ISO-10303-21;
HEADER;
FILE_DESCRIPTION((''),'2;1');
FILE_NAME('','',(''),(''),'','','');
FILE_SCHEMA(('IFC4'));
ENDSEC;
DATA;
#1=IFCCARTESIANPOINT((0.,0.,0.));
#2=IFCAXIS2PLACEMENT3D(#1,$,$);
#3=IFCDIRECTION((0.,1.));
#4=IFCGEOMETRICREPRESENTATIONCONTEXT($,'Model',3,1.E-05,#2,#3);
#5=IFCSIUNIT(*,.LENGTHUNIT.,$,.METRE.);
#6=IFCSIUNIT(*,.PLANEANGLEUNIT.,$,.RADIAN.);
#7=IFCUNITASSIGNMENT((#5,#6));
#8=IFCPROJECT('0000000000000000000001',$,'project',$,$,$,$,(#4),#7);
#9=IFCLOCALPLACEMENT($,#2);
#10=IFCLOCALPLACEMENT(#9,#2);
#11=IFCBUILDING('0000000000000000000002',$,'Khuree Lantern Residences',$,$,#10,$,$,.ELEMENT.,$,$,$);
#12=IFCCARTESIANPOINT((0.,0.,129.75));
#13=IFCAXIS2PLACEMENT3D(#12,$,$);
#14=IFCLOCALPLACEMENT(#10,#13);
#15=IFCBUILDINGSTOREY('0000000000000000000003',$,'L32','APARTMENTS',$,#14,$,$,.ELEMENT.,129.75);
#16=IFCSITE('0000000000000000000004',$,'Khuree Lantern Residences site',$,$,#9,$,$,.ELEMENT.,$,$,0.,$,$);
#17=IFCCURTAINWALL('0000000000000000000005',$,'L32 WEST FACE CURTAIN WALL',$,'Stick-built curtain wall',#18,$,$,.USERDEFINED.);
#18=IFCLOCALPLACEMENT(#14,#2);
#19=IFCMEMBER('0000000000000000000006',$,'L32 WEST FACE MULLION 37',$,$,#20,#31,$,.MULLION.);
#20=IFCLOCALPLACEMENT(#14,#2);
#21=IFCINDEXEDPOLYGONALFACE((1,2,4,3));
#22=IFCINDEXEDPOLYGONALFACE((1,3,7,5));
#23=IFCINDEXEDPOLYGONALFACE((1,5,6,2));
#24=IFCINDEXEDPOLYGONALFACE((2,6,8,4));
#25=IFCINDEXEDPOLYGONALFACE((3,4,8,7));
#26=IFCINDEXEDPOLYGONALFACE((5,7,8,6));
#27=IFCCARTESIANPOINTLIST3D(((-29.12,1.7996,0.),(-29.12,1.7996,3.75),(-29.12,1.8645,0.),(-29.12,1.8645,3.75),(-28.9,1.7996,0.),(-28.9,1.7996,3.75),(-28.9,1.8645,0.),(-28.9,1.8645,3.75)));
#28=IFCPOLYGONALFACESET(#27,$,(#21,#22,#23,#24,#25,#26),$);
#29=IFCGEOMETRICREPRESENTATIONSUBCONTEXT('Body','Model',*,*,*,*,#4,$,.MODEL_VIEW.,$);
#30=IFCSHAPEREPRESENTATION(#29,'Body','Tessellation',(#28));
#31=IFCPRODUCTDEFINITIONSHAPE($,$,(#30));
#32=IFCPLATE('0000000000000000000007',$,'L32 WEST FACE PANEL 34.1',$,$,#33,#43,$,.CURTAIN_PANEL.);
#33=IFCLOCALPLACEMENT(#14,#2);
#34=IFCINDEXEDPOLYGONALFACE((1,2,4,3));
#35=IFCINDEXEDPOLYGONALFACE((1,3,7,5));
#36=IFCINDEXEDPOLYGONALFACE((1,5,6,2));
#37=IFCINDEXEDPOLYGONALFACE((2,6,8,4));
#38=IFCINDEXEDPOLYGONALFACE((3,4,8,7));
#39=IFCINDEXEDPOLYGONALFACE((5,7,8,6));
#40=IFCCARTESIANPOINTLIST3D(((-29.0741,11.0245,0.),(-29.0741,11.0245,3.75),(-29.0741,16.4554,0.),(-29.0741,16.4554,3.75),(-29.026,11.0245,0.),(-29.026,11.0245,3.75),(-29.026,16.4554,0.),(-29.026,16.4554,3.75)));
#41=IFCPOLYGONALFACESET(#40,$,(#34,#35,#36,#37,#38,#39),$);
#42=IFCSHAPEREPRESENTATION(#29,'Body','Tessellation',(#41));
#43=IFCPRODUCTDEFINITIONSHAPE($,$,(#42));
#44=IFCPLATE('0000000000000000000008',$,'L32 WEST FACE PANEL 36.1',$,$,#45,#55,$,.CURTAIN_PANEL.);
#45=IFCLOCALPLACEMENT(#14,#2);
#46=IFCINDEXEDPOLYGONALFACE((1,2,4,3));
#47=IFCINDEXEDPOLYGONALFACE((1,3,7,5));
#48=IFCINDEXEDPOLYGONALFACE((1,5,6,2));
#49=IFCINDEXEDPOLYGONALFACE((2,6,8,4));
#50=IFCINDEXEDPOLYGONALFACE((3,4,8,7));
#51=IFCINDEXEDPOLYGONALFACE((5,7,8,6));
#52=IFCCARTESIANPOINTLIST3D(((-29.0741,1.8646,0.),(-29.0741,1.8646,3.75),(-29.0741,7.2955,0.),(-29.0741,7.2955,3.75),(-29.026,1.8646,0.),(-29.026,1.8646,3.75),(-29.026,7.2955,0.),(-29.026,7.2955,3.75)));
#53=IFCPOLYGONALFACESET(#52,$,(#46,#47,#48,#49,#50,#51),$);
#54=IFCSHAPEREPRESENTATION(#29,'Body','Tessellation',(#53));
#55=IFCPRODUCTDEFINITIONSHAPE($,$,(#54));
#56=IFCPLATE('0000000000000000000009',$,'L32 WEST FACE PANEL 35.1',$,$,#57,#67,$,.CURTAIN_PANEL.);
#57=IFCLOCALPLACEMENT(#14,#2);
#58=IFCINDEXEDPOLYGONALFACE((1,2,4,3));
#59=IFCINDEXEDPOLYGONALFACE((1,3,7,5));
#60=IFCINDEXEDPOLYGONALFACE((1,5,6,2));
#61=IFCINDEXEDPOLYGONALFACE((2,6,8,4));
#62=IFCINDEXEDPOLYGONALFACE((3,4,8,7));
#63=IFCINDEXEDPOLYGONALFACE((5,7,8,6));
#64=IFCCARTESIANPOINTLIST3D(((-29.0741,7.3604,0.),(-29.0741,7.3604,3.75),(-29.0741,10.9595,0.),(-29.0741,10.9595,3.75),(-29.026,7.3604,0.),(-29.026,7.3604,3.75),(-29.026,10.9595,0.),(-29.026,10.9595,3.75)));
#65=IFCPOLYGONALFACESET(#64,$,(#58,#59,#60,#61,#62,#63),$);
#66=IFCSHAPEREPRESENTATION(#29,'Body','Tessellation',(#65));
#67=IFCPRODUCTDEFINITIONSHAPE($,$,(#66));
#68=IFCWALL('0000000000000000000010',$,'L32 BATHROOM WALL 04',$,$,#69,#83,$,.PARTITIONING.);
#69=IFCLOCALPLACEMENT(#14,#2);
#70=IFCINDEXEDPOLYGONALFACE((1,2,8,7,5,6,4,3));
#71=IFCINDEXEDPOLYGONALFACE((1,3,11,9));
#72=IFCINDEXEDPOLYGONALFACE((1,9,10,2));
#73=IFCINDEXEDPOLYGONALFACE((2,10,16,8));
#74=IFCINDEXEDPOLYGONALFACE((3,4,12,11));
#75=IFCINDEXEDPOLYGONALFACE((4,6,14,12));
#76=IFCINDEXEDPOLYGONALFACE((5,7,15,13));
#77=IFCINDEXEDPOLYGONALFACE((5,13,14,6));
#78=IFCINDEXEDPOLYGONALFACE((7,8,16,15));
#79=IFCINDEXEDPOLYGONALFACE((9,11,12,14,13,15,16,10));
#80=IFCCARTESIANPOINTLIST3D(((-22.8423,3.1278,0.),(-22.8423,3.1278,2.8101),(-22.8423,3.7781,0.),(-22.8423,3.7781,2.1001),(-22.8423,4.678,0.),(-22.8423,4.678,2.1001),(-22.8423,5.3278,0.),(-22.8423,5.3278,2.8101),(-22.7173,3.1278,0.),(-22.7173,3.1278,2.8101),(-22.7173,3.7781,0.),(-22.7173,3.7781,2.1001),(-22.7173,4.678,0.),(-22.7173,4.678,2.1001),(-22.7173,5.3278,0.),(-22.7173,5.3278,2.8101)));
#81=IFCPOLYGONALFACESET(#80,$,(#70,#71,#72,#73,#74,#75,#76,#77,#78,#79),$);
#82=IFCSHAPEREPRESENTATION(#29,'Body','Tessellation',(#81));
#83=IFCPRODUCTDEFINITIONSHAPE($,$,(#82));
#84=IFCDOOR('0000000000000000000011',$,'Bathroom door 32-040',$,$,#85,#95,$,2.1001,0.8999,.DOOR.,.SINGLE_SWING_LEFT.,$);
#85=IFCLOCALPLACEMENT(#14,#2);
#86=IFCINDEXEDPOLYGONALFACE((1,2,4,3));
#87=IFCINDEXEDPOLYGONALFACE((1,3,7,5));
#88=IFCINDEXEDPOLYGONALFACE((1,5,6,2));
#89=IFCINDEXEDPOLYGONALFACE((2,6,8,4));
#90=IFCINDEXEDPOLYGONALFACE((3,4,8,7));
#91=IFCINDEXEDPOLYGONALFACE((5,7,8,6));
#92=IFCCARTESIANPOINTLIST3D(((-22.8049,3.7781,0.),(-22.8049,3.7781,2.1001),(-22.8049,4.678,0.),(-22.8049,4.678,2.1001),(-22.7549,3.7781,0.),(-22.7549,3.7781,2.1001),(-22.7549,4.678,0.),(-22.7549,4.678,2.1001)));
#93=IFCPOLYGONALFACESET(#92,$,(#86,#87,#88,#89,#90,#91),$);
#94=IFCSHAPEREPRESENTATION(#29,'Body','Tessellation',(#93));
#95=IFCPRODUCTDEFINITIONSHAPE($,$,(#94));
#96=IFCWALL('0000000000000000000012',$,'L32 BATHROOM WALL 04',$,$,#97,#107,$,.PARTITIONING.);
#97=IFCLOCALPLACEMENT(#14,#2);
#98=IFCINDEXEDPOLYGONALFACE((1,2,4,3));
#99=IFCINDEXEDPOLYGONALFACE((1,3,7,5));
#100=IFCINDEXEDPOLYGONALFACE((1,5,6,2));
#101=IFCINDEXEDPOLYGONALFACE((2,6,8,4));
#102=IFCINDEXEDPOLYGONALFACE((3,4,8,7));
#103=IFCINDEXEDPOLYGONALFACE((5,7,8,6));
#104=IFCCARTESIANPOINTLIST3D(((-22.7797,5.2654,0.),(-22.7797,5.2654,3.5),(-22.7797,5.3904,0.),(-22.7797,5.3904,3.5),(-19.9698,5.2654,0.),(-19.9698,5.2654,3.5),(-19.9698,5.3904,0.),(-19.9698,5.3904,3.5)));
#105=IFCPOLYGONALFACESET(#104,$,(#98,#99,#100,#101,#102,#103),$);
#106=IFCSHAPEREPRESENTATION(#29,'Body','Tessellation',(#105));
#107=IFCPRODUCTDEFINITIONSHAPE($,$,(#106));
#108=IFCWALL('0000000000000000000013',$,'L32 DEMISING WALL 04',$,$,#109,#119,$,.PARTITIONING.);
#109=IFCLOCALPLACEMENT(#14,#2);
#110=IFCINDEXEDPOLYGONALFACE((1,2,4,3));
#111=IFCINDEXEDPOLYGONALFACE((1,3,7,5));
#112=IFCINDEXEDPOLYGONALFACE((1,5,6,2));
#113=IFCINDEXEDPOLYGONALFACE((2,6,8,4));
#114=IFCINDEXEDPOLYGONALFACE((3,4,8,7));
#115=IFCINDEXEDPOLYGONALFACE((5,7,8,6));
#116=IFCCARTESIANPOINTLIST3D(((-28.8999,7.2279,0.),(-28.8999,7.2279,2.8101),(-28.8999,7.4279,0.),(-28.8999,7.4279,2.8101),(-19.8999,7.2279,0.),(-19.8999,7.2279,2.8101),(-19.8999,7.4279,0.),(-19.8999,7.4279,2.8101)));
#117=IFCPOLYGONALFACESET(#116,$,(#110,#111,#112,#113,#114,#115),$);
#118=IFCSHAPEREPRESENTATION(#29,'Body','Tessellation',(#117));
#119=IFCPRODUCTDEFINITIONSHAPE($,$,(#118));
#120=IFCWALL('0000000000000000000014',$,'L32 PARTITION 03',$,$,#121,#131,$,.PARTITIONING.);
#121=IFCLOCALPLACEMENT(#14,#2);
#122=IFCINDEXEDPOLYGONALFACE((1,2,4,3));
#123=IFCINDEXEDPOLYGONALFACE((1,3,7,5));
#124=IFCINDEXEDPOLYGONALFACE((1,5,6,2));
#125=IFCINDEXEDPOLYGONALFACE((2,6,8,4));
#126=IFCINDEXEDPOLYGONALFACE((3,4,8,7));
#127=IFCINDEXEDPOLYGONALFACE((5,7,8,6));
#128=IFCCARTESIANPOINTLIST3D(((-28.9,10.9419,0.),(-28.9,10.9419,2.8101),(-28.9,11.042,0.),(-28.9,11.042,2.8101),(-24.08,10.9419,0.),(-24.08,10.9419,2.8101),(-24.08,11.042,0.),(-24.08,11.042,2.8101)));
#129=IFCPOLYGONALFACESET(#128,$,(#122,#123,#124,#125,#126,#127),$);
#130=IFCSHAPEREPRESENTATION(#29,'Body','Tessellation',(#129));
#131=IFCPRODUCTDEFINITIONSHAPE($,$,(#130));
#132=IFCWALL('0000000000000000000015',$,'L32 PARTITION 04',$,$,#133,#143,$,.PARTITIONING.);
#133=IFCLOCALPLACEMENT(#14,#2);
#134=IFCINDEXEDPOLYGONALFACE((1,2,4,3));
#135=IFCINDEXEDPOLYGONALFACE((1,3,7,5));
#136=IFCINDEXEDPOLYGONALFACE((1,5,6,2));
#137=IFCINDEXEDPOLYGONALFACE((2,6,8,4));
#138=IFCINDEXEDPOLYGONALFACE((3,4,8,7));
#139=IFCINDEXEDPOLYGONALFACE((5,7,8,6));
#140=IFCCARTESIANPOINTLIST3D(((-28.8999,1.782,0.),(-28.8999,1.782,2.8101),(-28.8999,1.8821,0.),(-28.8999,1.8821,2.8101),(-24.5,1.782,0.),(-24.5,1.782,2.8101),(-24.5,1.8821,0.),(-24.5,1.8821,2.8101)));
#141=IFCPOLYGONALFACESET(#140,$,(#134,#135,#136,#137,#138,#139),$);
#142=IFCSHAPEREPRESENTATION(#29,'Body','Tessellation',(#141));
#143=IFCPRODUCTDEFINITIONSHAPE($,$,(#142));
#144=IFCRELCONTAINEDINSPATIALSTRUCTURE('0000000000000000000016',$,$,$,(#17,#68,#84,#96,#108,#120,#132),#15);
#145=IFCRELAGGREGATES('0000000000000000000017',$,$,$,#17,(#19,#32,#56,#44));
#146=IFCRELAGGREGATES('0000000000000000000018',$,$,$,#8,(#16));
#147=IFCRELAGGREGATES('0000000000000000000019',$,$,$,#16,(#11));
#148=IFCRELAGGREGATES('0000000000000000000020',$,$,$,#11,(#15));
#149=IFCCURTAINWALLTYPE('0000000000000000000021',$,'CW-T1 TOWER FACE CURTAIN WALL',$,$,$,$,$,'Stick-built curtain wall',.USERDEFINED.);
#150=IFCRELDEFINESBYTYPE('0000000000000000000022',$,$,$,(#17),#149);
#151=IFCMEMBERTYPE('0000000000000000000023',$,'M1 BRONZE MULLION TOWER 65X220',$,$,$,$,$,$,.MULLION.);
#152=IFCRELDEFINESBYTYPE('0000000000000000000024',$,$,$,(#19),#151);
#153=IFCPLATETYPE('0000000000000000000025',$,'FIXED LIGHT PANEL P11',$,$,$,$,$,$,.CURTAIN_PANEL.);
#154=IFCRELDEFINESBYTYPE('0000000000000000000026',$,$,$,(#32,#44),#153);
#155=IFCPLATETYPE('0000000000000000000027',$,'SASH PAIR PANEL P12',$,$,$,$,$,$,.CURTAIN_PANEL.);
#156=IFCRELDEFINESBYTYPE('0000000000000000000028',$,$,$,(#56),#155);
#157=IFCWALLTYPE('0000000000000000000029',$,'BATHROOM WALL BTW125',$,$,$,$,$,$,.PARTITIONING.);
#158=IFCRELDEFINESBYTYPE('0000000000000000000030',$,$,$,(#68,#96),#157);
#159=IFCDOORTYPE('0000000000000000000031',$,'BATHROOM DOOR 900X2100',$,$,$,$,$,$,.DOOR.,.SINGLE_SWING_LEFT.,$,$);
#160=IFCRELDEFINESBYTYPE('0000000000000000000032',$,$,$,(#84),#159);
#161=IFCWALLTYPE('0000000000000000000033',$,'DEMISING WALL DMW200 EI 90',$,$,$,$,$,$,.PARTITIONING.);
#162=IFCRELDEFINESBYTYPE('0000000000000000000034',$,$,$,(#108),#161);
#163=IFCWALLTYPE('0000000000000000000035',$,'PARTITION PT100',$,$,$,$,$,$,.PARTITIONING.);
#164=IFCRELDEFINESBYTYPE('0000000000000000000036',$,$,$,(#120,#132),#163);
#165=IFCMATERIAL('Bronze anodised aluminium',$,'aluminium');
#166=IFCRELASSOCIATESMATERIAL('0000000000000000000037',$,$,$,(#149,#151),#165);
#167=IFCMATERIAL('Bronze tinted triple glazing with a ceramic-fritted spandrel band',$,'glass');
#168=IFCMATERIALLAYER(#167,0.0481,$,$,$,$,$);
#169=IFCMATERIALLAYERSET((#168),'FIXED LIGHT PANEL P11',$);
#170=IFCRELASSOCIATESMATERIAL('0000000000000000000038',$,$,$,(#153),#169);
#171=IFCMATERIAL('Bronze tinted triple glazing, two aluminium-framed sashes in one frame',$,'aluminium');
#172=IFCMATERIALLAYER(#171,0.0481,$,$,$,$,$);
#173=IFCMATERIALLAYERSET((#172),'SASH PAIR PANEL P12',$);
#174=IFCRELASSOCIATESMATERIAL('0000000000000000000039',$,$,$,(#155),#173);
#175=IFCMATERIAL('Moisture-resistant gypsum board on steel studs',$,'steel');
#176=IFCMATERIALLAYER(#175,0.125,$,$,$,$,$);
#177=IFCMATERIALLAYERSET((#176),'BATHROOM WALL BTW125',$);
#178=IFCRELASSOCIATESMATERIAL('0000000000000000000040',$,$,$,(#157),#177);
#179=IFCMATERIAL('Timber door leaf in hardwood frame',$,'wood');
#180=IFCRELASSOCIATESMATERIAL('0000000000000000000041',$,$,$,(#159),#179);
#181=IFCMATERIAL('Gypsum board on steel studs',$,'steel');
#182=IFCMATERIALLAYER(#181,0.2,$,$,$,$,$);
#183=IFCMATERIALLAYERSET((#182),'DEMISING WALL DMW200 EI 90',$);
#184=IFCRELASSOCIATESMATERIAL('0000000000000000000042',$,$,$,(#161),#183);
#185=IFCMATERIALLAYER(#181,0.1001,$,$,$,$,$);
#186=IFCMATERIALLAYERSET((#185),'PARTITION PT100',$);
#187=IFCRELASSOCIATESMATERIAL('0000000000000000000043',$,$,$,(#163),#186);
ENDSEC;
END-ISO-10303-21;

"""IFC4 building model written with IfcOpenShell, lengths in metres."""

from ifc_helpers import new_model, si_unit, direction, frame, frame_2d, origin, origin_2d, place, context, subcontext, project, spatial, rectangle, extrude, material, layer, layer_set, material_profile, profile_set, type_object, element, fill, aggregate, save


model = new_model("IFC4")

# Units and contexts
model_context = context("Model", 3, precision=1e-05, world=origin(), true_north=direction((0.0, 1.0)))
body_context = subcontext(model_context, "Body", "Model", "MODEL_VIEW")
ifc_project = project(units=[si_unit("LENGTHUNIT", "METRE"), si_unit("PLANEANGLEUNIT", "RADIAN")], contexts=[model_context])

# Site, building, storey
site_placement = place(None, origin())
site = spatial("IfcSite", under=ifc_project, at=site_placement, Name="Khuree Lantern Residences site", CompositionType="ELEMENT", RefElevation=0.0)
building_placement = place(site_placement, origin())
building = spatial("IfcBuilding", under=site, at=building_placement, Name="Khuree Lantern Residences", CompositionType="ELEMENT")
storey_placement = place(building_placement, frame((0.0, 0.0, 129.75)))
storey = spatial("IfcBuildingStorey", under=building, at=storey_placement, Name="L32", Description="APARTMENTS", CompositionType="ELEMENT", Elevation=129.75)

# Curtain wall
ifc_material_1 = material(Name="Bronze anodised aluminium", Category="aluminium")
curtain_wall_type = type_object("IfcCurtainWallType", Name="CW-T1 TOWER FACE CURTAIN WALL", ElementType="Stick-built curtain wall", PredefinedType="USERDEFINED", material=ifc_material_1)
curtain_wall_placement = place(storey_placement, origin())
curtain_wall = element("IfcCurtainWall", 1, at=curtain_wall_placement, inside=storey, type_object=curtain_wall_type, Name="L32 WEST FACE CURTAIN WALL", ObjectType="Stick-built curtain wall", PredefinedType="USERDEFINED")

# Member
ifc_material_profile_1 = material_profile(ifc_material_1, rectangle(XDim=0.0649, YDim=0.22, at=origin_2d()), Name="M1 65X220")
ifc_profile_set_1 = profile_set([ifc_material_profile_1], Name="Bronze anodised aluminium")
member_type_1 = type_object("IfcMemberType", Name="M1 BRONZE MULLION TOWER 65X220", PredefinedType="MULLION", material=ifc_profile_set_1)
member_1_placement = place(storey_placement, frame((-29.01, 1.832, 0.0), z_axis=(0.0, 0.0, 1.0), x_axis=(0.0, -1.0, 0.0)))
member_1 = element("IfcMember", 2, at=member_1_placement, type_object=member_type_1, Name="L32 WEST FACE MULLION 37", PredefinedType="MULLION", context=body_context, shape_type="SweptSolid", body=[
    extrude(rectangle(XDim=0.0649, YDim=0.22, at=origin_2d()), origin(), (0.0, 0.0, 1.0), 3.75),
])

# Plates
ifc_material_2 = material(Name="Bronze tinted triple glazing with a ceramic-fritted spandrel band", Category="glass")
ifc_layer_1 = layer(ifc_material_2, 0.0481)
ifc_layer_set_1 = layer_set([ifc_layer_1], Name="FIXED LIGHT PANEL P11")
plate_type_1 = type_object("IfcPlateType", Name="FIXED LIGHT PANEL P11", PredefinedType="CURTAIN_PANEL", material=ifc_layer_set_1)
plate_1_placement = place(storey_placement, frame((-29.05, 13.74, 0.0), z_axis=(0.0, 0.0, 1.0), x_axis=(0.0, -1.0, 0.0)))
plate_1 = element("IfcPlate", 3, at=plate_1_placement, type_object=plate_type_1, Name="L32 WEST FACE PANEL 34.1", PredefinedType="CURTAIN_PANEL", context=body_context, shape_type="SweptSolid", body=[
    extrude(rectangle(XDim=5.4309, YDim=0.0481, at=origin_2d()), origin(), (0.0, 0.0, 1.0), 3.75),
])
plate_2_placement = place(storey_placement, frame((-29.05, 4.5801, 0.0), z_axis=(0.0, 0.0, 1.0), x_axis=(0.0, -1.0, 0.0)))
plate_2 = element("IfcPlate", 4, at=plate_2_placement, type_object=plate_type_1, Name="L32 WEST FACE PANEL 36.1", PredefinedType="CURTAIN_PANEL", context=body_context, shape_type="SweptSolid", body=[
    extrude(rectangle(XDim=5.4309, YDim=0.0481, at=origin_2d()), origin(), (0.0, 0.0, 1.0), 3.75),
])
ifc_material_3 = material(Name="Bronze tinted triple glazing, two aluminium-framed sashes in one frame", Category="aluminium")
ifc_layer_2 = layer(ifc_material_3, 0.0481)
ifc_layer_set_2 = layer_set([ifc_layer_2], Name="SASH PAIR PANEL P12")
plate_type_2 = type_object("IfcPlateType", Name="SASH PAIR PANEL P12", PredefinedType="CURTAIN_PANEL", material=ifc_layer_set_2)
plate_3_placement = place(storey_placement, frame((-29.05, 9.1599, 0.0), z_axis=(0.0, 0.0, 1.0), x_axis=(0.0, -1.0, 0.0)))
plate_3 = element("IfcPlate", 5, at=plate_3_placement, type_object=plate_type_2, Name="L32 WEST FACE PANEL 35.1", PredefinedType="CURTAIN_PANEL", context=body_context, shape_type="SweptSolid", body=[
    extrude(rectangle(XDim=3.5991, YDim=0.0481, at=origin_2d()), origin(), (0.0, 0.0, 1.0), 3.75),
])
aggregate(curtain_wall, [member_1, plate_1, plate_3, plate_2])

# Wall, opening, door
ifc_material_4 = material(Name="Moisture-resistant gypsum board on steel studs", Category="steel")
ifc_layer_3 = layer(ifc_material_4, 0.125)
ifc_layer_set_3 = layer_set([ifc_layer_3], Name="BATHROOM WALL BTW125")
wall_type_1 = type_object("IfcWallType", Name="BATHROOM WALL BTW125", PredefinedType="PARTITIONING", material=ifc_layer_set_3)
wall_1_placement = place(storey_placement, frame((-22.7798, 5.3279, 0.0), z_axis=(0.0, 0.0, 1.0), x_axis=(0.0, -1.0, 0.0)))
wall_1 = element("IfcWall", 6, at=wall_1_placement, inside=storey, type_object=wall_type_1, Name="L32 BATHROOM WALL 04", PredefinedType="PARTITIONING", context=body_context, shape_type="SweptSolid", body=[
    extrude(rectangle(XDim=2.2, YDim=0.125, at=frame_2d((1.1001, 0.0))), origin(), (0.0, 0.0, 1.0), 2.8101),
])
opening_1_placement = place(wall_1_placement, frame((0.6499, 0.0, 0.0)))
opening_1 = element("IfcOpeningElement", 7, at=opening_1_placement, cuts=wall_1, PredefinedType="OPENING", context=body_context, shape_type="SweptSolid", body=[
    extrude(rectangle(XDim=0.8999, YDim=2.1001, at=frame_2d((0.45, 1.05))), frame((0.0, 0.0725, 0.0), z_axis=(0.0, -1.0, 0.0), x_axis=(1.0, 0.0, 0.0)), (0.0, 0.0, 1.0), 0.145),
])
ifc_material_5 = material(Name="Timber door leaf in hardwood frame", Category="wood")
door_type_1 = type_object("IfcDoorType", Name="BATHROOM DOOR 900X2100", OperationType="SINGLE_SWING_LEFT", PredefinedType="DOOR", material=ifc_material_5)
door_1_placement = place(opening_1_placement, origin())
door_1 = element("IfcDoor", 8, at=door_1_placement, inside=storey, type_object=door_type_1, Name="Bathroom door 32-040", OperationType="SINGLE_SWING_LEFT", OverallHeight=2.1001, OverallWidth=0.8999, PredefinedType="DOOR", context=body_context, shape_type="SweptSolid", body=[
    extrude(rectangle(XDim=0.8999, YDim=2.1001, at=frame_2d((0.45, 1.05))), frame((0.0, 0.0249, 0.0), z_axis=(0.0, -1.0, 0.0), x_axis=(1.0, 0.0, 0.0)), (0.0, 0.0, 1.0), 0.05),
])
fill(opening_1, door_1)

# Walls
wall_2_placement = place(storey_placement, frame((-19.97, 5.3279, 0.0), z_axis=(0.0, 0.0, 1.0), x_axis=(-1.0, 0.0, 0.0)))
element("IfcWall", 9, at=wall_2_placement, inside=storey, type_object=wall_type_1, Name="L32 BATHROOM WALL 04", PredefinedType="PARTITIONING", context=body_context, shape_type="SweptSolid", body=[
    extrude(rectangle(XDim=2.8098, YDim=0.125, at=frame_2d((1.4048, 0.0))), origin(), (0.0, 0.0, 1.0), 3.5),
])
ifc_material_6 = material(Name="Gypsum board on steel studs", Category="steel")
ifc_layer_4 = layer(ifc_material_6, 0.2)
ifc_layer_set_4 = layer_set([ifc_layer_4], Name="DEMISING WALL DMW200 EI 90")
wall_type_2 = type_object("IfcWallType", Name="DEMISING WALL DMW200 EI 90", PredefinedType="PARTITIONING", material=ifc_layer_set_4)
wall_3_placement = place(storey_placement, frame((-19.8999, 7.3279, 0.0), z_axis=(0.0, 0.0, 1.0), x_axis=(-1.0, 0.0, 0.0)))
element("IfcWall", 10, at=wall_3_placement, inside=storey, type_object=wall_type_2, Name="L32 DEMISING WALL 04", PredefinedType="PARTITIONING", context=body_context, shape_type="SweptSolid", body=[
    extrude(rectangle(XDim=9.0, YDim=0.2, at=frame_2d((4.5, 0.0))), origin(), (0.0, 0.0, 1.0), 2.8101),
])
ifc_layer_5 = layer(ifc_material_6, 0.1001)
ifc_layer_set_5 = layer_set([ifc_layer_5], Name="PARTITION PT100")
wall_type_3 = type_object("IfcWallType", Name="PARTITION PT100", PredefinedType="PARTITIONING", material=ifc_layer_set_5)
wall_4_placement = place(storey_placement, frame((-24.0798, 10.9919, 0.0), z_axis=(0.0, 0.0, 1.0), x_axis=(-1.0, 0.0, 0.0)))
element("IfcWall", 11, at=wall_4_placement, inside=storey, type_object=wall_type_3, Name="L32 PARTITION 03", PredefinedType="PARTITIONING", context=body_context, shape_type="SweptSolid", body=[
    extrude(rectangle(XDim=4.8201, YDim=0.1001, at=frame_2d((2.4102, 0.0))), origin(), (0.0, 0.0, 1.0), 2.8101),
])
wall_5_placement = place(storey_placement, frame((-24.5, 1.832, 0.0), z_axis=(0.0, 0.0, 1.0), x_axis=(-1.0, 0.0, 0.0)))
element("IfcWall", 12, at=wall_5_placement, inside=storey, type_object=wall_type_3, Name="L32 PARTITION 04", PredefinedType="PARTITIONING", context=body_context, shape_type="SweptSolid", body=[
    extrude(rectangle(XDim=4.3999, YDim=0.1001, at=frame_2d((2.2, 0.0))), origin(), (0.0, 0.0, 1.0), 2.8101),
])

save(model, "model.ifc")
